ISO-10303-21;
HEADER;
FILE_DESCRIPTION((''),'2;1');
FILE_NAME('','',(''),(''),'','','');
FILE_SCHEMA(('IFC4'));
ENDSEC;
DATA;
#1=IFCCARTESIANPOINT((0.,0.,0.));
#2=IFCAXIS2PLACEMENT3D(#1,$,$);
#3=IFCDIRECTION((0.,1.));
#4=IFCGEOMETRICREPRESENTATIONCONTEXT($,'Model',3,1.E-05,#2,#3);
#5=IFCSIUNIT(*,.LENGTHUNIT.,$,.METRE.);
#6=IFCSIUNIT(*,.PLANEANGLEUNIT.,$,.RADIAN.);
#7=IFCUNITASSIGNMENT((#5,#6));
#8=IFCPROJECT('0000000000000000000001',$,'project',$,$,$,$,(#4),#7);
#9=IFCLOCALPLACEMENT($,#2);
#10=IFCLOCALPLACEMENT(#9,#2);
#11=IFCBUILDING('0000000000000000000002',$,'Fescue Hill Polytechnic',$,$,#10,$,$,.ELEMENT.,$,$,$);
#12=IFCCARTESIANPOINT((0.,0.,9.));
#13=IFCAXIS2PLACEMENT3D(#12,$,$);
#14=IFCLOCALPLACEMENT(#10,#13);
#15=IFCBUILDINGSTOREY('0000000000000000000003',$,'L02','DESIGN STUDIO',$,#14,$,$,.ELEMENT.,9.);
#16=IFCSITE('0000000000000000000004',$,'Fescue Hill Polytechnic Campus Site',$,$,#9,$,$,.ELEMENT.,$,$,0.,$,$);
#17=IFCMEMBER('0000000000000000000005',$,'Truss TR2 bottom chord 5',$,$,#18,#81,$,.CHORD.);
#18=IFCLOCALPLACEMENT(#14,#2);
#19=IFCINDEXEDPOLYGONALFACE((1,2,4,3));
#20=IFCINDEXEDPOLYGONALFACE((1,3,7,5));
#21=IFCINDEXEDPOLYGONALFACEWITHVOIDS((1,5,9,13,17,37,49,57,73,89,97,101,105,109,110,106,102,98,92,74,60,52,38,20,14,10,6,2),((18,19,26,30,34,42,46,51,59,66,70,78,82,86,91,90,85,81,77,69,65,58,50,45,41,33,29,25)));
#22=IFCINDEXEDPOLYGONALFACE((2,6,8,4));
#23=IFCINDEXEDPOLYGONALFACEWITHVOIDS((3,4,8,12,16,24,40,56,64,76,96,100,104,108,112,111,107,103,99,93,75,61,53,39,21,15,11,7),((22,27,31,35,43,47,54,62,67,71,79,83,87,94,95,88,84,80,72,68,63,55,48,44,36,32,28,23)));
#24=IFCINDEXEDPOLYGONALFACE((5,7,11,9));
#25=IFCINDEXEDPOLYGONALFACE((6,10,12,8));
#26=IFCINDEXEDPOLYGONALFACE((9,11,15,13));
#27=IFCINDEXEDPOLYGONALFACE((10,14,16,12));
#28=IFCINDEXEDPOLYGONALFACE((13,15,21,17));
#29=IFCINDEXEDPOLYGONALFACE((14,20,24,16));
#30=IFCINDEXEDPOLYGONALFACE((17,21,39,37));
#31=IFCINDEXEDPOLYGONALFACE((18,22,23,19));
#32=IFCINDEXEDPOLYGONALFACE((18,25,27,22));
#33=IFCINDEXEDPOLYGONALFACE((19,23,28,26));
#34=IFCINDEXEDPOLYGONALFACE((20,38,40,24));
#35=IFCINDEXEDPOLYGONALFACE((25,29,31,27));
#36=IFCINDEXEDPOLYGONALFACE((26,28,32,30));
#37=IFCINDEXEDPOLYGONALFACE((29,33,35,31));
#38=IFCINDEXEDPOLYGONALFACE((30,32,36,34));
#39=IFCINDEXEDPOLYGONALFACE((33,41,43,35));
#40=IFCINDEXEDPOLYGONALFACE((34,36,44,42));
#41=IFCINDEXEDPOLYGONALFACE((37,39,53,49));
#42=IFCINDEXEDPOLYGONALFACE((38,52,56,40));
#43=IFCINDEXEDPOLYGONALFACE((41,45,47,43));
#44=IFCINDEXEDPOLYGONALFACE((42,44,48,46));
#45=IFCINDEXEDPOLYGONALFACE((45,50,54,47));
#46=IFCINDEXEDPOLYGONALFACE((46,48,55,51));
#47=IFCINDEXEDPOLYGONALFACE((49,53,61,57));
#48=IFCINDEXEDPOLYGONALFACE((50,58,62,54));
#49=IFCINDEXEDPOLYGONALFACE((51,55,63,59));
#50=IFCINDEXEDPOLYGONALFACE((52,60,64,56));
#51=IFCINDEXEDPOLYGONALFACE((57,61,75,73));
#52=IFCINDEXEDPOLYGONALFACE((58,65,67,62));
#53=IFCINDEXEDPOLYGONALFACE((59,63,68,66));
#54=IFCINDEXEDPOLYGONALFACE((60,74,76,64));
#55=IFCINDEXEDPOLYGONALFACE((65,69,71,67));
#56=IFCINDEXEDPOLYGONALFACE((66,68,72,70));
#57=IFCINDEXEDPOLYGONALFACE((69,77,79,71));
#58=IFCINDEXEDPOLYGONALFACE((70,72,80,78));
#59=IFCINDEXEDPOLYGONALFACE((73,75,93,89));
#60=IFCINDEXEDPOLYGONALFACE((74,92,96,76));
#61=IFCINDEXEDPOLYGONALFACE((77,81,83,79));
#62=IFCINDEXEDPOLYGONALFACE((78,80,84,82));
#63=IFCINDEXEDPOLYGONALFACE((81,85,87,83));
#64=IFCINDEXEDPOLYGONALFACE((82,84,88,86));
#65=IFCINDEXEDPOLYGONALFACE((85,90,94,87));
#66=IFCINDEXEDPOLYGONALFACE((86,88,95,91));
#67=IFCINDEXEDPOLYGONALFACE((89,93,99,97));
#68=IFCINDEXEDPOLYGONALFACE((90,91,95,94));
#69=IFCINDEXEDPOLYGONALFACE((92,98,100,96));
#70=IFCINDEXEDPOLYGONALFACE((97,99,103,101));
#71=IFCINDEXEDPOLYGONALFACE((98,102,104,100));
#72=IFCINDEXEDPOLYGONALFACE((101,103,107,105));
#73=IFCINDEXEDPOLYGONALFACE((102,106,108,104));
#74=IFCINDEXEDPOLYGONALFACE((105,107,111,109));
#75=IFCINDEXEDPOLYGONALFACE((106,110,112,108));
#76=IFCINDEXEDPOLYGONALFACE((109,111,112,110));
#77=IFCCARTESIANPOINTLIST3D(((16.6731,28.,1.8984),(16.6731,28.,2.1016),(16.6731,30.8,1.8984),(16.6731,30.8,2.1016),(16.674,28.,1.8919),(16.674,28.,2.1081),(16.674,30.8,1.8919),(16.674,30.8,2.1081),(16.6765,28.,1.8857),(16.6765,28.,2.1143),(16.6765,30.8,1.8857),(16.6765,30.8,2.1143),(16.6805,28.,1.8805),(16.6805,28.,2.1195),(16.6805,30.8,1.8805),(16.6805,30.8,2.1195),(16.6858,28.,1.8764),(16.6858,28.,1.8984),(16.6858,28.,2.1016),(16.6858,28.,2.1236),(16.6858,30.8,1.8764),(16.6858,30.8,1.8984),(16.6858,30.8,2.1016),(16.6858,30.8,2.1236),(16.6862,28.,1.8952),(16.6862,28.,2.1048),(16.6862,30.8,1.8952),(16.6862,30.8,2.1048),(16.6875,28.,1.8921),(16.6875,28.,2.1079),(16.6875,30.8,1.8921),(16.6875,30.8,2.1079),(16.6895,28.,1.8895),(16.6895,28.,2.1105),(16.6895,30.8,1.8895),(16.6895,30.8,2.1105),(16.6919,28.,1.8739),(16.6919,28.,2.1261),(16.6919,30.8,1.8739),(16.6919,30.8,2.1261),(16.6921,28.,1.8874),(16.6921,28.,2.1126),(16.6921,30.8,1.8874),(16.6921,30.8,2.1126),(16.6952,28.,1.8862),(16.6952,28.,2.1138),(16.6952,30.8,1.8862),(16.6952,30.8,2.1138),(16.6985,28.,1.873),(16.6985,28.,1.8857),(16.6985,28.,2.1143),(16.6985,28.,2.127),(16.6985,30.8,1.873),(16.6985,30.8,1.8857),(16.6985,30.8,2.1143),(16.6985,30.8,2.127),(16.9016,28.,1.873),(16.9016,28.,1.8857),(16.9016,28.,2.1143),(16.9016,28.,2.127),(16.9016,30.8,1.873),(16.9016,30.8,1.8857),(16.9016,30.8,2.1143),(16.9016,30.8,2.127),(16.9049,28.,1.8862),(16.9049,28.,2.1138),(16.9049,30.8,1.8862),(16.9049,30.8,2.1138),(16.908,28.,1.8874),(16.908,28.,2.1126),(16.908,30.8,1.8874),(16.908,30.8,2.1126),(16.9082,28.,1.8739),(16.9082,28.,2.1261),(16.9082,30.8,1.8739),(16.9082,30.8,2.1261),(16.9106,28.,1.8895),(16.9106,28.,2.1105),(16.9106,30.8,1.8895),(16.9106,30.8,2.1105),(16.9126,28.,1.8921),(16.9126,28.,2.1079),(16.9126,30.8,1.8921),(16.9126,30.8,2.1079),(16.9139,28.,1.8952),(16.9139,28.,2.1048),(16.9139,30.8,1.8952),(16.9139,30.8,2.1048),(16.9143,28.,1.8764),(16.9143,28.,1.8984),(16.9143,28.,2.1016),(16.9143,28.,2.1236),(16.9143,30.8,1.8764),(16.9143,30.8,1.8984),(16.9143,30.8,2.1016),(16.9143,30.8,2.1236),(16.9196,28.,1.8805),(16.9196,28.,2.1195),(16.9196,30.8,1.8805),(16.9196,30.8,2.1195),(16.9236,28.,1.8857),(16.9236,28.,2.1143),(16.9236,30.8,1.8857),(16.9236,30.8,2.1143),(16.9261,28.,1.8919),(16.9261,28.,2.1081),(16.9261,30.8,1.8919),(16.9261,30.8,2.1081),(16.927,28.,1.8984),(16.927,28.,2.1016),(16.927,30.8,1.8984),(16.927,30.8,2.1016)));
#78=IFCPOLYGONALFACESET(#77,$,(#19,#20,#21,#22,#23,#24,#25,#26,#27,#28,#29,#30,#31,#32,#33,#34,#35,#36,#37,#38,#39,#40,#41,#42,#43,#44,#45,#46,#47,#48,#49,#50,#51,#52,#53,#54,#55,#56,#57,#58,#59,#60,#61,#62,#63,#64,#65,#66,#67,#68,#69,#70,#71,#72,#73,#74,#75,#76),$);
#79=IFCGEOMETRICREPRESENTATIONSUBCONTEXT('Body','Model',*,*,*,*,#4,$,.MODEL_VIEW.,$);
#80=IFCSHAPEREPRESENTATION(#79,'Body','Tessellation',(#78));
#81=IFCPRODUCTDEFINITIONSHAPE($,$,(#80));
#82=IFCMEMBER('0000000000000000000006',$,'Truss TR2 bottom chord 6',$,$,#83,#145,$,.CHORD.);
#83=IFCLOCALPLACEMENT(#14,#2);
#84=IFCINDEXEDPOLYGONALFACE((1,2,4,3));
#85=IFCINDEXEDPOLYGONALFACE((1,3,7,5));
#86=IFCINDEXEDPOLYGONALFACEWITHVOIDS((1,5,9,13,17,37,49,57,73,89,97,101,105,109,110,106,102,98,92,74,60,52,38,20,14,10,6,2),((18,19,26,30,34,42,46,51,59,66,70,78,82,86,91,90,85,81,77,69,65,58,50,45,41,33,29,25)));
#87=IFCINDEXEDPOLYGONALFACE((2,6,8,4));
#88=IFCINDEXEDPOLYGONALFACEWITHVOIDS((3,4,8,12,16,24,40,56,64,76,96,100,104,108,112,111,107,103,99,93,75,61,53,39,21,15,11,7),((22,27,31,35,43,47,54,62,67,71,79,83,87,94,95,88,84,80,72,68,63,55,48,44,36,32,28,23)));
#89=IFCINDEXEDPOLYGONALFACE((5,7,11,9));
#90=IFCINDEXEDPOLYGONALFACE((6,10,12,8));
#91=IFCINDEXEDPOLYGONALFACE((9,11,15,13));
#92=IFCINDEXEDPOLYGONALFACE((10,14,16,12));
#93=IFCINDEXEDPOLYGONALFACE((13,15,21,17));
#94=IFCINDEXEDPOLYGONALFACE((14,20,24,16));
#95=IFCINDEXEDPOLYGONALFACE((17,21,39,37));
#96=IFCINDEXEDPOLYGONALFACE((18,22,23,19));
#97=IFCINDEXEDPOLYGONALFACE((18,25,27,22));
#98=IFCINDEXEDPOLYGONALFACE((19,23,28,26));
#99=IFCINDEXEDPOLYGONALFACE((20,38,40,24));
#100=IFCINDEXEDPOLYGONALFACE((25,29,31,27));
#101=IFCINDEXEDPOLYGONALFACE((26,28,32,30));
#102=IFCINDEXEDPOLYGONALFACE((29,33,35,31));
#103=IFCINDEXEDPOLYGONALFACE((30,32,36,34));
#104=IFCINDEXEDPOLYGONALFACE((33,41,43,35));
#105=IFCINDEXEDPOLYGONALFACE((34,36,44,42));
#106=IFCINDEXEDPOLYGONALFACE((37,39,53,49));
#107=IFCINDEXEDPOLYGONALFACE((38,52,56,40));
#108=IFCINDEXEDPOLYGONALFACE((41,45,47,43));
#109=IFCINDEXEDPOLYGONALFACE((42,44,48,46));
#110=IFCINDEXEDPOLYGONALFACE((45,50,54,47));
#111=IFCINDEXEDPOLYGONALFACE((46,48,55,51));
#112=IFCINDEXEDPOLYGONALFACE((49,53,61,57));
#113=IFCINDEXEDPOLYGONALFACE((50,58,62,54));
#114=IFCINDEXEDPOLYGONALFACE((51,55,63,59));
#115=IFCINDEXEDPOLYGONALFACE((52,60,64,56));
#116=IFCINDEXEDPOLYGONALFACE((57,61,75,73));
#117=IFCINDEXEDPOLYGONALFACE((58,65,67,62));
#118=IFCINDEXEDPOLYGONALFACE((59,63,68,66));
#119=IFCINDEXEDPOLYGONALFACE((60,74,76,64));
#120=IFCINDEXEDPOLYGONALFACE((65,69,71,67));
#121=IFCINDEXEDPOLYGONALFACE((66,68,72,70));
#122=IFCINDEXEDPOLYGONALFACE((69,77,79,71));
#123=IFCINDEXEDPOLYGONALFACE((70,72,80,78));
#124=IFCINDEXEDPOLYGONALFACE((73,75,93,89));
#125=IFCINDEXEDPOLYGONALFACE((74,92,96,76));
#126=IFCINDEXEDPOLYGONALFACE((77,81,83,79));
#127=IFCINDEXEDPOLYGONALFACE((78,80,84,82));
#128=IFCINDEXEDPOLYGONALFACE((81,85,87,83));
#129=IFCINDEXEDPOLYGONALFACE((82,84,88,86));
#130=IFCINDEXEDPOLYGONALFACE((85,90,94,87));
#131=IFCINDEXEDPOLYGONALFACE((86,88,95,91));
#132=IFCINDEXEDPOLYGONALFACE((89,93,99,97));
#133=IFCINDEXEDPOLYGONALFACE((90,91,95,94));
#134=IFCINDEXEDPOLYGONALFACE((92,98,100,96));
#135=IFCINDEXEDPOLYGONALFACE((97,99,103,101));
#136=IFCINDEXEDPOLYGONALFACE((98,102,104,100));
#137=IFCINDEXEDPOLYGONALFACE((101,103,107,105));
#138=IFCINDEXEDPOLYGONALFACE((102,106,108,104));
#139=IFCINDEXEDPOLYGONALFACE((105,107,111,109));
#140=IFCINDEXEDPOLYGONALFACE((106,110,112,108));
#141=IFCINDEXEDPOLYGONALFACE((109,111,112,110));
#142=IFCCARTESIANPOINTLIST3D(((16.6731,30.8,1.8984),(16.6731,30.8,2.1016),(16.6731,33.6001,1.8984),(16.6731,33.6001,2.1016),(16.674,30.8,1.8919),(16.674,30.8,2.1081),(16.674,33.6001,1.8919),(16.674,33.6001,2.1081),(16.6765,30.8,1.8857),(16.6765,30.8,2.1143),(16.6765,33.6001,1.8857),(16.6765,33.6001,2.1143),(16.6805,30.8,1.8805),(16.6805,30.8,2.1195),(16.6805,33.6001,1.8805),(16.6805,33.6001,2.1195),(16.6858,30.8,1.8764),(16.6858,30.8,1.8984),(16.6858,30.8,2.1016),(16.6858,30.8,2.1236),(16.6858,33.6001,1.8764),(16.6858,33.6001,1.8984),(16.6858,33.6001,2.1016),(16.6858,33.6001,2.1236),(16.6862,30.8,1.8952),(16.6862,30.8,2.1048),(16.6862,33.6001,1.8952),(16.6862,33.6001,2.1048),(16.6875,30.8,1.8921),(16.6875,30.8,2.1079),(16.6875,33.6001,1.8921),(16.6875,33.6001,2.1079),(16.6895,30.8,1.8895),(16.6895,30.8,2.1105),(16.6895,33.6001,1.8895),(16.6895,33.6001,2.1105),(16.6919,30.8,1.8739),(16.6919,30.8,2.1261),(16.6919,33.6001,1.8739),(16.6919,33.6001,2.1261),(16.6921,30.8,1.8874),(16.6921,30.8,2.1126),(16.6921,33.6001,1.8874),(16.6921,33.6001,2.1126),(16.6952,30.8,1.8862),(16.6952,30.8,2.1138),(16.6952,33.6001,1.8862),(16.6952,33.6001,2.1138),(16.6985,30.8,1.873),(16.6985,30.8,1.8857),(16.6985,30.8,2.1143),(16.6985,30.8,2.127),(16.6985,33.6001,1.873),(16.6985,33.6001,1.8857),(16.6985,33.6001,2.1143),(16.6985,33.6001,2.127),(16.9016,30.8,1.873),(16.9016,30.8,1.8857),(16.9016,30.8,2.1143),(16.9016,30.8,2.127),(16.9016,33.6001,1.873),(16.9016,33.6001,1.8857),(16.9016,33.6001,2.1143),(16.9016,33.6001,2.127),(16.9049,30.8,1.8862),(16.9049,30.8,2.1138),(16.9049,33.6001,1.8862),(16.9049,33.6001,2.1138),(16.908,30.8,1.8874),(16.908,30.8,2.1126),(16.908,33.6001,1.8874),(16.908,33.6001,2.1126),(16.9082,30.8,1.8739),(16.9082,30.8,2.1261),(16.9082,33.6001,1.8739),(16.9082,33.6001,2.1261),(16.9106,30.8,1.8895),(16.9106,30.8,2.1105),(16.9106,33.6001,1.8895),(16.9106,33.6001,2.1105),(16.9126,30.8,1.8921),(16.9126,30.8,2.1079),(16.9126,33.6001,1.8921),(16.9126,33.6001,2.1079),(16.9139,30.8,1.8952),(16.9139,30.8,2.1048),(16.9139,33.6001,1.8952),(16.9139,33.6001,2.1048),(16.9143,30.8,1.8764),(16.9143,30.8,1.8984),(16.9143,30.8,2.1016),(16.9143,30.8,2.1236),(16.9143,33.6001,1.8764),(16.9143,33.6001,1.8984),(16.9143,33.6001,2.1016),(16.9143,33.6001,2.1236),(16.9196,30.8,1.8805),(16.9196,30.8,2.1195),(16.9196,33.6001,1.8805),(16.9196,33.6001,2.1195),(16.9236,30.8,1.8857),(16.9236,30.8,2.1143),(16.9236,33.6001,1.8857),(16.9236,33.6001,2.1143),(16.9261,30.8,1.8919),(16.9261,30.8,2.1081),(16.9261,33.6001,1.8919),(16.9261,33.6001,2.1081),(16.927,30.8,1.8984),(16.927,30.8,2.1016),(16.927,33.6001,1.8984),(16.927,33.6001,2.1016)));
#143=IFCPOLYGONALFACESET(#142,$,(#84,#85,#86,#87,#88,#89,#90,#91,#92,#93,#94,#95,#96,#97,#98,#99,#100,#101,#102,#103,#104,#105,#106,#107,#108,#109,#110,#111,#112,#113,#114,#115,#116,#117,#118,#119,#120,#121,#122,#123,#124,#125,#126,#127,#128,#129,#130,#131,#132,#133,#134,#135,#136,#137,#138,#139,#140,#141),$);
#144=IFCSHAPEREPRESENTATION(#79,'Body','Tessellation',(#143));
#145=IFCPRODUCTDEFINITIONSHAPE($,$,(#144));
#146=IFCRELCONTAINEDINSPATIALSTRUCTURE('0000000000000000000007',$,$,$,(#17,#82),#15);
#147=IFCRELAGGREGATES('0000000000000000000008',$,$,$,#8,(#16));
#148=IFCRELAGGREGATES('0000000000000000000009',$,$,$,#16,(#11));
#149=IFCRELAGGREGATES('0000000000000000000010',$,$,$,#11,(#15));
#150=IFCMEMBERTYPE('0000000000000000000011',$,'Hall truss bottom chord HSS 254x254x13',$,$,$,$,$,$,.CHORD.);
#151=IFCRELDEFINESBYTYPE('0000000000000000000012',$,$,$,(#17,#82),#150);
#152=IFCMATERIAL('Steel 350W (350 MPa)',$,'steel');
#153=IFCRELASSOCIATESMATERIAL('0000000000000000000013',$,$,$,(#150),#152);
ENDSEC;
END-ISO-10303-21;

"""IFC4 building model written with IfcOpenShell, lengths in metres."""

from ifc_helpers import new_model, si_unit, direction, frame, origin, origin_2d, place, context, subcontext, project, spatial, hollow_rectangle, extrude, material, material_profile, profile_set, type_object, element, save


model = new_model("IFC4")

# Units and contexts
model_context = context("Model", 3, precision=1e-05, world=origin(), true_north=direction((0.0, 1.0)))
body_context = subcontext(model_context, "Body", "Model", "MODEL_VIEW")
ifc_project = project(units=[si_unit("LENGTHUNIT", "METRE"), si_unit("PLANEANGLEUNIT", "RADIAN")], contexts=[model_context])

# Site, building, storey
site_placement = place(None, origin())
site = spatial("IfcSite", under=ifc_project, at=site_placement, Name="Fescue Hill Polytechnic Campus Site", CompositionType="ELEMENT", RefElevation=0.0)
building_placement = place(site_placement, origin())
building = spatial("IfcBuilding", under=site, at=building_placement, Name="Fescue Hill Polytechnic", CompositionType="ELEMENT")
storey_placement = place(building_placement, frame((0.0, 0.0, 9.0)))
storey = spatial("IfcBuildingStorey", under=building, at=storey_placement, Name="L02", Description="DESIGN STUDIO", CompositionType="ELEMENT", Elevation=9.0)

# Members
ifc_material = material(Name="Steel 350W (350 MPa)", Category="steel")
ifc_material_profile_1 = material_profile(ifc_material, hollow_rectangle(XDim=0.2539, YDim=0.2539, WallThickness=0.0127, InnerFilletRadius=0.0127, OuterFilletRadius=0.0254, at=origin_2d()), Name="Hall truss bottom chord HSS 254x254x13")
ifc_profile_set_1 = profile_set([ifc_material_profile_1], Name="Steel 350W (350 MPa)")
member_type_1 = type_object("IfcMemberType", Name="Hall truss bottom chord HSS 254x254x13", PredefinedType="CHORD", material=ifc_profile_set_1)
for number, where, z_axis, x_axis, name in (
    (1, (16.8, 28.0, 2.0), (0.0, 1.0, 0.0), (-1.0, 0.0, 0.0), "Truss TR2 bottom chord 5"),
    (2, (16.8, 30.8, 2.0), (0.0, 1.0, 0.0), (-1.0, 0.0, 0.0), "Truss TR2 bottom chord 6"),
):
    element("IfcMember", number, at=place(storey_placement, frame(where, z_axis=z_axis, x_axis=x_axis)), inside=storey, type_object=member_type_1, Name=name, PredefinedType="CHORD", context=body_context, shape_type="SweptSolid", body=[
        extrude(hollow_rectangle(XDim=0.2539, YDim=0.2539, WallThickness=0.0127, InnerFilletRadius=0.0127, OuterFilletRadius=0.0254, at=origin_2d()), origin(), (0.0, 0.0, 1.0), 2.8),
    ])

save(model, "model.ifc")
